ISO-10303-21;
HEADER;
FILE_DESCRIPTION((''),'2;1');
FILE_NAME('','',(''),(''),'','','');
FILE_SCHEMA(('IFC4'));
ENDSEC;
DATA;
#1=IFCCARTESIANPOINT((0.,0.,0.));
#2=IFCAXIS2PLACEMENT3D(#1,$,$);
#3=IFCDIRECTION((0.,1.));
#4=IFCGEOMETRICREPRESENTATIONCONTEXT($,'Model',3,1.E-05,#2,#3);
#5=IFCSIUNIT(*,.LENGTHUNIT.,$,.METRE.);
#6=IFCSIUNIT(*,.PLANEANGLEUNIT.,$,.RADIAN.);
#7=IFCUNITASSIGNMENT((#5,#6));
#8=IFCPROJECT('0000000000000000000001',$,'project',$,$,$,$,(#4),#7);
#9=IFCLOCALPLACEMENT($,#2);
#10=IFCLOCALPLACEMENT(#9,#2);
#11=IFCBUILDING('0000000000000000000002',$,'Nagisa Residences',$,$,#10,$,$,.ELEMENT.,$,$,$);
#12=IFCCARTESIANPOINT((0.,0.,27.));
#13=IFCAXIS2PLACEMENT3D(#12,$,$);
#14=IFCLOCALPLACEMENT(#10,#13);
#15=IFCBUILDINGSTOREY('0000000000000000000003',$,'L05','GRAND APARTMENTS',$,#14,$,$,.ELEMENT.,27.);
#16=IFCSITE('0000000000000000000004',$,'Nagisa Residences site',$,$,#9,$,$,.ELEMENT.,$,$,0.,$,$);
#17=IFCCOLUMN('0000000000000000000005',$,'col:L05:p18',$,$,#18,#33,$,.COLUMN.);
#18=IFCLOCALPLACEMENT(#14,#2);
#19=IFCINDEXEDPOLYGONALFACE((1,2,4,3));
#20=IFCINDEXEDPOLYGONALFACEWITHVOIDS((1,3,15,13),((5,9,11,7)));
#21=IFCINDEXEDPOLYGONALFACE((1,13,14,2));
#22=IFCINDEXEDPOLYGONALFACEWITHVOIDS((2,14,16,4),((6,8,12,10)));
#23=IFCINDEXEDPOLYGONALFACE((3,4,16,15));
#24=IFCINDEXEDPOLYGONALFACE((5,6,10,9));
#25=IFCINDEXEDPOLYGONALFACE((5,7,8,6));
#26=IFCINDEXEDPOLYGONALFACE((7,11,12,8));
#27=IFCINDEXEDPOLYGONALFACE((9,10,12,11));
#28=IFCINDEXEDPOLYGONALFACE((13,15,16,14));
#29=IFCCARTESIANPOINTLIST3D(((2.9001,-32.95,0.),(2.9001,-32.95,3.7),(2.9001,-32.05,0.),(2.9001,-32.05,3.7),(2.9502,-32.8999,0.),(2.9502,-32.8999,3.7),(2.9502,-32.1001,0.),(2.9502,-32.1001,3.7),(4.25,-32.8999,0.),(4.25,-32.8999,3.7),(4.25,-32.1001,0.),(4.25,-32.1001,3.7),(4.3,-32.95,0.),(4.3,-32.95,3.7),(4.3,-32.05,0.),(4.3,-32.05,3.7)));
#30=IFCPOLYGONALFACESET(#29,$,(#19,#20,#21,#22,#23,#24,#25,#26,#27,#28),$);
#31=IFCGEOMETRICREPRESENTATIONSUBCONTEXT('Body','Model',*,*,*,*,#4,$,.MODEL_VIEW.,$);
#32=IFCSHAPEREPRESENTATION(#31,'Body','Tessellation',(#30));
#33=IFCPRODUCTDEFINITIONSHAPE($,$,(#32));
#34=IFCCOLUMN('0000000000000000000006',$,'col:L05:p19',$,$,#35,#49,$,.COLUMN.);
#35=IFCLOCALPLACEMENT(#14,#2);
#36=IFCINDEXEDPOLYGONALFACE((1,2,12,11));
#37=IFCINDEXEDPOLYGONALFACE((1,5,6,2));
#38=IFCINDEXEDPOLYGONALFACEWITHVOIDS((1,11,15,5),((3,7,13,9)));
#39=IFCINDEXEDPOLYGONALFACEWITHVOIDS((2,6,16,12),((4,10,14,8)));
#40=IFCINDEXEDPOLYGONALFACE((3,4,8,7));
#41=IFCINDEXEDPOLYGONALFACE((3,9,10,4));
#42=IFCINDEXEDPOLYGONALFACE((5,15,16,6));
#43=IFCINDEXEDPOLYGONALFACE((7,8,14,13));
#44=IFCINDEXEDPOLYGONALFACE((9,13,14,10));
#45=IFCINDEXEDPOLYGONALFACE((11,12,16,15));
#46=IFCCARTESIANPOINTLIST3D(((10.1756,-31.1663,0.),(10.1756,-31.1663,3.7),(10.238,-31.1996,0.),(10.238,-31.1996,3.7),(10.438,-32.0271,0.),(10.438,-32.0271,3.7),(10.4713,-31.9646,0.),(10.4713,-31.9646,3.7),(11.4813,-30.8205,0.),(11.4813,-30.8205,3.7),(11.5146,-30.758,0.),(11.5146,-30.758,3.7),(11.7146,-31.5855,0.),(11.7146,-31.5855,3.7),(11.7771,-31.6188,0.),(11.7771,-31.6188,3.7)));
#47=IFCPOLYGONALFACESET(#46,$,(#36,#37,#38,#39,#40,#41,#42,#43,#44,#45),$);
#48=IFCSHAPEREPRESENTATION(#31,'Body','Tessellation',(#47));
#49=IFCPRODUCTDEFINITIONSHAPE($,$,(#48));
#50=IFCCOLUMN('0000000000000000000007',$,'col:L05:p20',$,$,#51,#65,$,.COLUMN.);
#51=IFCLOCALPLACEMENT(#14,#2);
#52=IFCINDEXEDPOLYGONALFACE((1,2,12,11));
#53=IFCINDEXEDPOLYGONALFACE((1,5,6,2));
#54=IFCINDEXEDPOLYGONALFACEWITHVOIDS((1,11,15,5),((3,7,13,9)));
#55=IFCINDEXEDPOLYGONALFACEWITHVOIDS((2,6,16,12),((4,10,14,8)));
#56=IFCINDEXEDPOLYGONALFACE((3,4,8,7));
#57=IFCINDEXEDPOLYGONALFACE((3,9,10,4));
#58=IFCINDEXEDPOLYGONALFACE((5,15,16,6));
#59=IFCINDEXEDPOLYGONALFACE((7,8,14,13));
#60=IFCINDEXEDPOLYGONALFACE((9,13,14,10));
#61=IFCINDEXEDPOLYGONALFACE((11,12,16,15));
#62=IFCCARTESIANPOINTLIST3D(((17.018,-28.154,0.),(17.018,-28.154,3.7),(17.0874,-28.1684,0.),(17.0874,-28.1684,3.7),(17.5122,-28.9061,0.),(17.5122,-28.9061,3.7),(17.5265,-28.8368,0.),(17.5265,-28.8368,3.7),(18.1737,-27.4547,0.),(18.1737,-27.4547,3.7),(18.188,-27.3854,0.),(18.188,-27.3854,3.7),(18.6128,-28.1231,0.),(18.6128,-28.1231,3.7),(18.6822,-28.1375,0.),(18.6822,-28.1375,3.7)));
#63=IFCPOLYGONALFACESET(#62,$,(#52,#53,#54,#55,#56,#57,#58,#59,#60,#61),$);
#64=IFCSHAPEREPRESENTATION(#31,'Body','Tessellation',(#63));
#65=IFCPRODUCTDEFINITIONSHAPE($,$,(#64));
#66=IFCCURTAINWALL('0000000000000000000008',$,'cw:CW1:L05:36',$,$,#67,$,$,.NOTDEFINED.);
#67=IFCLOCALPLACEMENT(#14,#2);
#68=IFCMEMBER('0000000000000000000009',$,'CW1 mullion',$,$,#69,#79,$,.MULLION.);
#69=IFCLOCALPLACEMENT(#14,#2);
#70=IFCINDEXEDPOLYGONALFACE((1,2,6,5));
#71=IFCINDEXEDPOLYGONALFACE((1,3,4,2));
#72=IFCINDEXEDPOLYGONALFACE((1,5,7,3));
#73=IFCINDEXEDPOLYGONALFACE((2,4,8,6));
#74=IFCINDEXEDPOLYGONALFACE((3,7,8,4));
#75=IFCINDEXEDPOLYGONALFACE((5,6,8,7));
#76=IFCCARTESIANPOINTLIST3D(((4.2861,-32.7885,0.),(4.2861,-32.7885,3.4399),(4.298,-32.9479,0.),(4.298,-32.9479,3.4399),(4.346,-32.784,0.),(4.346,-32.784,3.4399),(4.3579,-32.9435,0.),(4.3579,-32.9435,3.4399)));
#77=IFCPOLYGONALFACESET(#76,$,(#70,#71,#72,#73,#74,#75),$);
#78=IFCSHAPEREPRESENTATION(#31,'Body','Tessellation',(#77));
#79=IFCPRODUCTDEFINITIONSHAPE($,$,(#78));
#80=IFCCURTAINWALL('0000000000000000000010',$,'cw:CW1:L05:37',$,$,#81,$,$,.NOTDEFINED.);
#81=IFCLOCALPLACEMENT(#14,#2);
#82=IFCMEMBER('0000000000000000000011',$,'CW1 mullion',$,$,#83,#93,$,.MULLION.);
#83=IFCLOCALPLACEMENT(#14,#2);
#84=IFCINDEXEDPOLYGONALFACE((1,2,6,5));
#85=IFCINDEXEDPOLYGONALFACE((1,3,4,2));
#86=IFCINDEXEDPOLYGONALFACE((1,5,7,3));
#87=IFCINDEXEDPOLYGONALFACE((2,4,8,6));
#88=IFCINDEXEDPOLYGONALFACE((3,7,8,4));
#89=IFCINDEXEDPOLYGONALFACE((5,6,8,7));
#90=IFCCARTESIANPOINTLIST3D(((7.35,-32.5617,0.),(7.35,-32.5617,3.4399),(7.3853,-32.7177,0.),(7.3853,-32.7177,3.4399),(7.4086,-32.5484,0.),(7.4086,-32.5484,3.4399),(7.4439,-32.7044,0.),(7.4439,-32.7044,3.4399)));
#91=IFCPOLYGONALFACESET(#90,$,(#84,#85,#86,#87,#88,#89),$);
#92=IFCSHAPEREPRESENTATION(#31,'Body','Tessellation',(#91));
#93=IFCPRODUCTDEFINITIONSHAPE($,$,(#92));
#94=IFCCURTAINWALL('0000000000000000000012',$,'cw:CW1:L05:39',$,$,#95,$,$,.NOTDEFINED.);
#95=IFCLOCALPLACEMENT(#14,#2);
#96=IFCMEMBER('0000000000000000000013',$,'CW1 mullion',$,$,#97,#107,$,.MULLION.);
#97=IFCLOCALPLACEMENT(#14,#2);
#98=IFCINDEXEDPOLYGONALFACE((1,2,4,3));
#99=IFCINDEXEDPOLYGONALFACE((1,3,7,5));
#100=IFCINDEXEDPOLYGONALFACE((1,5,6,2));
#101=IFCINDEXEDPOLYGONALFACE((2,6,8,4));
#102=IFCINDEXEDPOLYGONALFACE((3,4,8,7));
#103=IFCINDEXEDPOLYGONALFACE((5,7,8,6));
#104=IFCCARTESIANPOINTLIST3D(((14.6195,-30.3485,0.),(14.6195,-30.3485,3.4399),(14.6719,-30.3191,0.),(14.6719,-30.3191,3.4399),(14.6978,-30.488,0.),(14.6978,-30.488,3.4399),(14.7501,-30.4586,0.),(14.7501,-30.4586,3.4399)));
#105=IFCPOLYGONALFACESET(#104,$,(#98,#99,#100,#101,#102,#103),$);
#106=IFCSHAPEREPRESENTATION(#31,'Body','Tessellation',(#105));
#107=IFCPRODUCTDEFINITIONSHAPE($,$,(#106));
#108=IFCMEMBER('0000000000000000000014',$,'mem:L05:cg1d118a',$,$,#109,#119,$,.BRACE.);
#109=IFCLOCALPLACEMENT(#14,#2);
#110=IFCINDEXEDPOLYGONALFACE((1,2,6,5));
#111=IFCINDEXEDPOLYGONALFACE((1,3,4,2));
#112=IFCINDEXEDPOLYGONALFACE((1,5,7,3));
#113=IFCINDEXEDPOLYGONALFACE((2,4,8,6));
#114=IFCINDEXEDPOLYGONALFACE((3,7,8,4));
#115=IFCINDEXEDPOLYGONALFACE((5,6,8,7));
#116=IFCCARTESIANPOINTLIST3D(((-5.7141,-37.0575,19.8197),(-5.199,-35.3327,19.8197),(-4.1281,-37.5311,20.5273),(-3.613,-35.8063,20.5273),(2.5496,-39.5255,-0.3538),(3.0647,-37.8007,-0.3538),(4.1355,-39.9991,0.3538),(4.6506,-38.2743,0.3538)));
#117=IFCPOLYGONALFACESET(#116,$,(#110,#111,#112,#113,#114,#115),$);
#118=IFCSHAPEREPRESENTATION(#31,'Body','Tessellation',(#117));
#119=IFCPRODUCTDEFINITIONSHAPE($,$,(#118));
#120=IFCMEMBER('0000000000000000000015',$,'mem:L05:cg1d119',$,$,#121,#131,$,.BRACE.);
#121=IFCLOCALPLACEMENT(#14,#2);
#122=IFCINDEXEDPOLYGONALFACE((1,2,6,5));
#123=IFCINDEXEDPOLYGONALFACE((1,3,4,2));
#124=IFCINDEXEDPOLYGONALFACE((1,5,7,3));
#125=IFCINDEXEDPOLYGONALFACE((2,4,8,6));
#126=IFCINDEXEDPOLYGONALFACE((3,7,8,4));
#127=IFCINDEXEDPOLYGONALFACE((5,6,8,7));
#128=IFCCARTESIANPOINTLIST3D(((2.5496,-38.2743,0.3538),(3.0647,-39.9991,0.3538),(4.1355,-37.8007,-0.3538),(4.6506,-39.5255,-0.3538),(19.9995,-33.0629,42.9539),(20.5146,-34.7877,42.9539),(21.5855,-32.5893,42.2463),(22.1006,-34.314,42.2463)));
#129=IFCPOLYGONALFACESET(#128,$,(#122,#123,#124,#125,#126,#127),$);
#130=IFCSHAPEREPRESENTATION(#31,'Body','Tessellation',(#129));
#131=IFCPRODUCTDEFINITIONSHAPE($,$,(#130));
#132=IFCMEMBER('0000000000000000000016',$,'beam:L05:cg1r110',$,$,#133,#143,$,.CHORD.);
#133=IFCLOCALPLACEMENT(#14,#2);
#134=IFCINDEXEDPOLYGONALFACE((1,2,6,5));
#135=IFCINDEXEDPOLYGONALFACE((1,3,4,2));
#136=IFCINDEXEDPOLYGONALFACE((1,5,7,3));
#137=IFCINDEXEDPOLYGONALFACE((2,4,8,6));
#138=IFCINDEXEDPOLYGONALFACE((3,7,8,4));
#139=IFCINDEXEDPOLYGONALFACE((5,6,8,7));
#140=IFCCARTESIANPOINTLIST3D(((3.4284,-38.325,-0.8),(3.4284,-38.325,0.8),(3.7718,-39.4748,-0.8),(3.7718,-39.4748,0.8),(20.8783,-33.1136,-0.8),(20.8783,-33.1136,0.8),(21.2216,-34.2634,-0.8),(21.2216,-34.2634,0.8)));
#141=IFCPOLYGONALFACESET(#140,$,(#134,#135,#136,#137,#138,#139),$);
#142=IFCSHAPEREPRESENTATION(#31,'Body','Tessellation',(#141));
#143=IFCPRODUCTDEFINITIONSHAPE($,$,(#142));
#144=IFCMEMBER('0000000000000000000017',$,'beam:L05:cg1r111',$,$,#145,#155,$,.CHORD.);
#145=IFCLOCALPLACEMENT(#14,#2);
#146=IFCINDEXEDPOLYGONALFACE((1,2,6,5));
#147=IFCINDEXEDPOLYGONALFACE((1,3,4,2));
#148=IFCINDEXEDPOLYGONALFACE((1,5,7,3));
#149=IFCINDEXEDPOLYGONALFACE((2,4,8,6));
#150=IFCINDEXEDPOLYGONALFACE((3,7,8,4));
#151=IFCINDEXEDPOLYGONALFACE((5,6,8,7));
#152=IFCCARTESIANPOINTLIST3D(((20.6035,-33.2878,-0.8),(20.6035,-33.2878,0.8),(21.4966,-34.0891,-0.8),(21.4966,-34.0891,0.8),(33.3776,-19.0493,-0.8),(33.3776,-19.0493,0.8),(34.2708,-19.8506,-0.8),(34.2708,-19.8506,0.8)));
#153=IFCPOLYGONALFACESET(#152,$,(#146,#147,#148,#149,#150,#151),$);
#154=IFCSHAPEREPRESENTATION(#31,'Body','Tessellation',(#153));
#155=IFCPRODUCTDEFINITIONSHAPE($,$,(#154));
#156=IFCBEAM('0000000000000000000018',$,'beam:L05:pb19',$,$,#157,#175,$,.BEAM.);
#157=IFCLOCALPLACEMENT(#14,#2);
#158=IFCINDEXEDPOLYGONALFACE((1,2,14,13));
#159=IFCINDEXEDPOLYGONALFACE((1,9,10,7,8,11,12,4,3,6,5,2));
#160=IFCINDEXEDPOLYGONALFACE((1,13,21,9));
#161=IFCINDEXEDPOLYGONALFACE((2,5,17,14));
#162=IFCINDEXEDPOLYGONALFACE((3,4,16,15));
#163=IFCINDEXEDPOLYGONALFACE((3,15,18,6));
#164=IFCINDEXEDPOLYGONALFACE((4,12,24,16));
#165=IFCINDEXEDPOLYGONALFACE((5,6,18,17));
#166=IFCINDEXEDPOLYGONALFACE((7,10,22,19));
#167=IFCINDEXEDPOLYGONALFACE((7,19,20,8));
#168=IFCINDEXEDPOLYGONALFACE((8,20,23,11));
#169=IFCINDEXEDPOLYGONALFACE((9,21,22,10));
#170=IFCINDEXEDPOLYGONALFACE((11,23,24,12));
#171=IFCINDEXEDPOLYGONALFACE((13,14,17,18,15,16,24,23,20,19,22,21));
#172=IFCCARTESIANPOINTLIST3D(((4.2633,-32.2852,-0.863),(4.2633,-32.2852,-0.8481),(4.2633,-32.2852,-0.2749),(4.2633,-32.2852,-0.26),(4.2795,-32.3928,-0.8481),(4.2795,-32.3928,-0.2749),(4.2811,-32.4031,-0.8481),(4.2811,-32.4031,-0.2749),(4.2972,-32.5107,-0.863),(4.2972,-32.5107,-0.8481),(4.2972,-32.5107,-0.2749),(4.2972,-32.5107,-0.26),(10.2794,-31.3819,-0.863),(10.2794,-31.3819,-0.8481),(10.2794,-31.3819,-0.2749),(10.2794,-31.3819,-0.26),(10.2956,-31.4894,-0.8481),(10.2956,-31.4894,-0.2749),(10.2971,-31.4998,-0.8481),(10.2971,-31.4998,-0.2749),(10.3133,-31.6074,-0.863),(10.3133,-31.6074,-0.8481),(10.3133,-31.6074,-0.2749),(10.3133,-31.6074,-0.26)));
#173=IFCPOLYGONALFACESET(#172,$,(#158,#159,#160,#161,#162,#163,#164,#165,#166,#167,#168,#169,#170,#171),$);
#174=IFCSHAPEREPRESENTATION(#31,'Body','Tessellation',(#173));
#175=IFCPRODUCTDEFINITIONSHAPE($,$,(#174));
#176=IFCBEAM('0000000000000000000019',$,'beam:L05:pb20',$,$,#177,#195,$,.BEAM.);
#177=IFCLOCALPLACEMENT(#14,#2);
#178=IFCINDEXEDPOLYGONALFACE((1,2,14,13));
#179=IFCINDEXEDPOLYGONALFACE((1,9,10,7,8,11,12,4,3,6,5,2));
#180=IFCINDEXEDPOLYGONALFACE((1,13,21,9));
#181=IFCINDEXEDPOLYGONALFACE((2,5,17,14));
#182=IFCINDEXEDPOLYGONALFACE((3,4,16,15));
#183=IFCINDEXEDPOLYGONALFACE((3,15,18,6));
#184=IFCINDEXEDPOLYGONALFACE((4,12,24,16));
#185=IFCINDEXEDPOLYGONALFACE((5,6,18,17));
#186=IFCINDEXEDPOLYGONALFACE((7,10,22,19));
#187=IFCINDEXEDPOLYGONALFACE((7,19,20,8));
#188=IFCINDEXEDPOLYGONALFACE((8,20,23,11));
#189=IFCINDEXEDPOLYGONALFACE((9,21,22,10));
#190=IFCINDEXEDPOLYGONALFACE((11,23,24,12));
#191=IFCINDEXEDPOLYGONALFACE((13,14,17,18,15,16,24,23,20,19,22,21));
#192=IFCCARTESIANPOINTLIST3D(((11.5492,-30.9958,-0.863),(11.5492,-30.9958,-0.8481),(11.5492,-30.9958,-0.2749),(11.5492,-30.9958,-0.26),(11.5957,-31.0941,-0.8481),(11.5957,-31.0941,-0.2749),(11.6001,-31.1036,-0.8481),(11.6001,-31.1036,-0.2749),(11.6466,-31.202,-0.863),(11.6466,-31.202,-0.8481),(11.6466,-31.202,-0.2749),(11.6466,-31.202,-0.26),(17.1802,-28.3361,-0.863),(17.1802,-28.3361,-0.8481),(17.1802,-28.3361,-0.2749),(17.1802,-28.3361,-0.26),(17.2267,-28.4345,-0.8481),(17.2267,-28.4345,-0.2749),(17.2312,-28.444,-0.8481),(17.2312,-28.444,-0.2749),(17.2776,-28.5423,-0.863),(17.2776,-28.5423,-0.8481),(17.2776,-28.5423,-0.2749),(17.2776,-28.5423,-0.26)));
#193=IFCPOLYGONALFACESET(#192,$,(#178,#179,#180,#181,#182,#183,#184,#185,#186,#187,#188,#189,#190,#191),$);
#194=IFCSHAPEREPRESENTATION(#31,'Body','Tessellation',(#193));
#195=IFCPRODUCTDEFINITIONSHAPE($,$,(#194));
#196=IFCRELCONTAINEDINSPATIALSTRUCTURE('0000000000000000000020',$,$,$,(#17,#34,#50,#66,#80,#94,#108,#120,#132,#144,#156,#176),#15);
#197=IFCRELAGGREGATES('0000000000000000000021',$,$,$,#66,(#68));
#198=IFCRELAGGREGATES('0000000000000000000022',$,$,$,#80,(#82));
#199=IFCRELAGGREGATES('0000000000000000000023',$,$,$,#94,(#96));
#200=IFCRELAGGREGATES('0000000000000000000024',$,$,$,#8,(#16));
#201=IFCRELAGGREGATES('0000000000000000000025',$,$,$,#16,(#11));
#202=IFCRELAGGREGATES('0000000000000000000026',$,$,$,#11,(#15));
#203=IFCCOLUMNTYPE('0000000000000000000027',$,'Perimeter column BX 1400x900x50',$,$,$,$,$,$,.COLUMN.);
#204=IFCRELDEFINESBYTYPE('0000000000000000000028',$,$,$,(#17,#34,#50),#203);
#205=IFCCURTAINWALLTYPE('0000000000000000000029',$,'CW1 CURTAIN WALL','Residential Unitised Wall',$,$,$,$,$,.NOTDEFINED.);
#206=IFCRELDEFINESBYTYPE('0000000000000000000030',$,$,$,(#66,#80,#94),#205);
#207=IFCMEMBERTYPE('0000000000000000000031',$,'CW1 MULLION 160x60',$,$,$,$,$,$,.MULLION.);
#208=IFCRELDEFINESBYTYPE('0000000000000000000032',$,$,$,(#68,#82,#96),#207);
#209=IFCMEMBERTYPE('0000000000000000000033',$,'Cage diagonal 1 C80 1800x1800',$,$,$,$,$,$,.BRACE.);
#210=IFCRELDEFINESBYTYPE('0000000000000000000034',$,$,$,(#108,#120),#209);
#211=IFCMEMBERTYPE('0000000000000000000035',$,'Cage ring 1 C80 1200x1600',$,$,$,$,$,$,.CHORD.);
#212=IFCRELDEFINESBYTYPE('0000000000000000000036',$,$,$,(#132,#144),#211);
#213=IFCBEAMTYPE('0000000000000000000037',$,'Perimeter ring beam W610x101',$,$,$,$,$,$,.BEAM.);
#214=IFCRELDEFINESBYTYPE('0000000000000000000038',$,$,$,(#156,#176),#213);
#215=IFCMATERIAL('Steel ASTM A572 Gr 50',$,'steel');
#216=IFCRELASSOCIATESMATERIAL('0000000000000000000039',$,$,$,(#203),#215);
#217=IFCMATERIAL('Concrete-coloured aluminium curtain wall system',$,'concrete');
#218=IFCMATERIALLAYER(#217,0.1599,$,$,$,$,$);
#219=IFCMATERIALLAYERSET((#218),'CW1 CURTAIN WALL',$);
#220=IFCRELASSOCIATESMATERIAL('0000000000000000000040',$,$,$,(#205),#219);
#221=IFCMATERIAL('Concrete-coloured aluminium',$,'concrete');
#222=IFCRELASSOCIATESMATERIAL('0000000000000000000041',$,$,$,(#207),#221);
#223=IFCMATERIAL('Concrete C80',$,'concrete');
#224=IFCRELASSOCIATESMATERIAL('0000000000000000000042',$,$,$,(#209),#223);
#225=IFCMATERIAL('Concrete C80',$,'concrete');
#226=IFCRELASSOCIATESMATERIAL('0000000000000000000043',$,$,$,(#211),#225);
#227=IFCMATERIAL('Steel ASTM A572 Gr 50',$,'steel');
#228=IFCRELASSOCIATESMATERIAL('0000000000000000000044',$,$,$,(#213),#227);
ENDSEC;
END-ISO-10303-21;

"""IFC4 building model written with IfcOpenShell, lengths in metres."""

from ifc_helpers import new_model, si_unit, direction, frame, origin, origin_2d, place, context, subcontext, project, spatial, rectangle, hollow_rectangle, i_section, extrude, material, layer, layer_set, material_profile, profile_set, type_object, element, aggregate, save


model = new_model("IFC4")

# Units and contexts
model_context = context("Model", 3, precision=1e-05, world=origin(), true_north=direction((0.0, 1.0)))
body_context = subcontext(model_context, "Body", "Model", "MODEL_VIEW")
ifc_project = project(units=[si_unit("LENGTHUNIT", "METRE"), si_unit("PLANEANGLEUNIT", "RADIAN")], contexts=[model_context])

# Site, building, storey
site_placement = place(None, origin())
site = spatial("IfcSite", under=ifc_project, at=site_placement, Name="Nagisa Residences site", CompositionType="ELEMENT", RefElevation=0.0)
building_placement = place(site_placement, origin())
building = spatial("IfcBuilding", under=site, at=building_placement, Name="Nagisa Residences", CompositionType="ELEMENT")
storey_placement = place(building_placement, frame((0.0, 0.0, 27.0)))
storey = spatial("IfcBuildingStorey", under=building, at=storey_placement, Name="L05", Description="GRAND APARTMENTS", CompositionType="ELEMENT", Elevation=27.0)

# Columns
ifc_material_1 = material(Name="Steel ASTM A572 Gr 50", Category="steel")
ifc_material_profile_1 = material_profile(ifc_material_1, hollow_rectangle(XDim=1.3999, YDim=0.8999, WallThickness=0.05, at=origin_2d()), Name="BX 1400x900x50")
ifc_profile_set_1 = profile_set([ifc_material_profile_1], Name="Steel ASTM A572 Gr 50")
column_type = type_object("IfcColumnType", Name="Perimeter column BX 1400x900x50", PredefinedType="COLUMN", material=ifc_profile_set_1)
for number, where, z_axis, x_axis, name in (
    (1, (3.6001, -32.5, 0.0), (0.0, 0.0, 1.0), (1.0, 0.0, 0.0), "col:L05:p18"),
    (2, (10.9763, -31.3926, 0.0), (0.0, 0.0, 1.0), (0.956525, 0.291652, 0.0), "col:L05:p19"),
    (3, (17.8501, -28.1458, 0.0), (0.0, 0.0, 1.0), (0.835766, 0.549086, 0.0), "col:L05:p20"),
):
    element("IfcColumn", number, at=place(storey_placement, frame(where, z_axis=z_axis, x_axis=x_axis)), inside=storey, type_object=column_type, Name=name, PredefinedType="COLUMN", context=body_context, shape_type="SweptSolid", body=[
        extrude(hollow_rectangle(XDim=1.3999, YDim=0.8999, WallThickness=0.05, at=origin_2d()), origin(), (0.0, 0.0, 1.0), 3.7),
    ])

# Curtain walls, members
ifc_material_2 = material(Name="Concrete-coloured aluminium curtain wall system", Category="concrete")
ifc_layer_1 = layer(ifc_material_2, 0.1599)
ifc_layer_set_1 = layer_set([ifc_layer_1], Name="CW1 CURTAIN WALL")
curtain_wall_type = type_object("IfcCurtainWallType", Name="CW1 CURTAIN WALL", Description="Residential Unitised Wall", PredefinedType="NOTDEFINED", material=ifc_layer_set_1)
curtain_wall_1_placement = place(storey_placement, origin())
curtain_wall_1 = element("IfcCurtainWall", 4, at=curtain_wall_1_placement, inside=storey, type_object=curtain_wall_type, Name="cw:CW1:L05:36", PredefinedType="NOTDEFINED")
ifc_material_3 = material(Name="Concrete-coloured aluminium", Category="concrete")
ifc_material_profile_2 = material_profile(ifc_material_3, rectangle(XDim=0.1599, YDim=0.0601, at=origin_2d()), Name="CW1 MULLION 160x60")
ifc_profile_set_2 = profile_set([ifc_material_profile_2], Name="Concrete-coloured aluminium")
member_type_1 = type_object("IfcMemberType", Name="CW1 MULLION 160x60", PredefinedType="MULLION", material=ifc_profile_set_2)
member_1_placement = place(storey_placement, frame((4.322, -32.866, 0.0), z_axis=(0.0, 0.0, 1.0), x_axis=(-0.074377, 0.99723, 0.0)))
member_1 = element("IfcMember", 5, at=member_1_placement, type_object=member_type_1, Name="CW1 mullion", PredefinedType="MULLION", context=body_context, shape_type="SweptSolid", body=[
    extrude(rectangle(XDim=0.1599, YDim=0.0601, at=origin_2d()), origin(), (0.0, 0.0, 1.0), 3.4399),
])
aggregate(curtain_wall_1, [member_1])
curtain_wall_2_placement = place(storey_placement, origin())
curtain_wall_2 = element("IfcCurtainWall", 6, at=curtain_wall_2_placement, inside=storey, type_object=curtain_wall_type, Name="cw:CW1:L05:37", PredefinedType="NOTDEFINED")
member_2_placement = place(storey_placement, frame((7.397, -32.6331, 0.0), z_axis=(0.0, 0.0, 1.0), x_axis=(-0.220764, 0.975327, 0.0)))
member_2 = element("IfcMember", 7, at=member_2_placement, type_object=member_type_1, Name="CW1 mullion", PredefinedType="MULLION", context=body_context, shape_type="SweptSolid", body=[
    extrude(rectangle(XDim=0.1599, YDim=0.0601, at=origin_2d()), origin(), (0.0, 0.0, 1.0), 3.4399),
])
aggregate(curtain_wall_2, [member_2])
curtain_wall_3_placement = place(storey_placement, origin())
curtain_wall_3 = element("IfcCurtainWall", 8, at=curtain_wall_3_placement, inside=storey, type_object=curtain_wall_type, Name="cw:CW1:L05:39", PredefinedType="NOTDEFINED")
member_3_placement = place(storey_placement, frame((14.6848, -30.4036, 0.0), z_axis=(0.0, 0.0, 1.0), x_axis=(-0.489377, 0.872072, 0.0)))
member_3 = element("IfcMember", 9, at=member_3_placement, type_object=member_type_1, Name="CW1 mullion", PredefinedType="MULLION", context=body_context, shape_type="SweptSolid", body=[
    extrude(rectangle(XDim=0.1599, YDim=0.0601, at=origin_2d()), origin(), (0.0, 0.0, 1.0), 3.4399),
])
aggregate(curtain_wall_3, [member_3])

# Members
ifc_material_4 = material(Name="Concrete C80", Category="concrete")
ifc_material_profile_3 = material_profile(ifc_material_4, rectangle(XDim=1.8, YDim=1.8, at=origin_2d()), Name="C80 1800x1800")
ifc_profile_set_3 = profile_set([ifc_material_profile_3], Name="Concrete C80")
member_type_2 = type_object("IfcMemberType", Name="Cage diagonal 1 C80 1800x1800", PredefinedType="BRACE", material=ifc_profile_set_3)
member_4_placement = place(storey_placement, frame((3.6001, -38.8999, 0.0), z_axis=(-0.376653, 0.112491, 0.919499), x_axis=(-0.286169, -0.958179, 0.0)))
element("IfcMember", 10, at=member_4_placement, inside=storey, type_object=member_type_2, Name="mem:L05:cg1d118a", PredefinedType="BRACE", context=body_context, shape_type="SweptSolid", body=[
    extrude(rectangle(XDim=1.8, YDim=1.8, at=origin_2d()), origin(), (0.0, 0.0, 1.0), 21.9397),
])
member_5_placement = place(storey_placement, frame((3.6001, -38.8999, 0.0), z_axis=(0.376648, 0.112486, 0.919501), x_axis=(-0.286161, 0.958182, 0.0)))
element("IfcMember", 11, at=member_5_placement, inside=storey, type_object=member_type_2, Name="mem:L05:cg1d119", PredefinedType="BRACE", context=body_context, shape_type="SweptSolid", body=[
    extrude(rectangle(XDim=1.8, YDim=1.8, at=origin_2d()), origin(), (0.0, 0.0, 1.0), 46.3296),
])
ifc_material_5 = material(Name="Concrete C80", Category="concrete")
ifc_material_profile_4 = material_profile(ifc_material_5, rectangle(XDim=1.2, YDim=1.6001, at=origin_2d()), Name="C80 1200x1600")
ifc_profile_set_4 = profile_set([ifc_material_profile_4], Name="Concrete C80")
member_type_3 = type_object("IfcMemberType", Name="Cage ring 1 C80 1200x1600", PredefinedType="CHORD", material=ifc_profile_set_4)
member_6_placement = place(storey_placement, frame((3.6001, -38.8999, 0.0), z_axis=(0.958182, 0.286161, 0.0), x_axis=(-0.286161, 0.958182, 0.0)))
element("IfcMember", 12, at=member_6_placement, inside=storey, type_object=member_type_3, Name="beam:L05:cg1r110", PredefinedType="CHORD", context=body_context, shape_type="SweptSolid", body=[
    extrude(rectangle(XDim=1.2, YDim=1.6001, at=origin_2d()), origin(), (0.0, 0.0, 1.0), 18.2114),
])
member_7_placement = place(storey_placement, frame((21.05, -33.6885, 0.0), z_axis=(0.667794, 0.744346, 0.0), x_axis=(-0.744346, 0.667794, 0.0)))
element("IfcMember", 13, at=member_7_placement, inside=storey, type_object=member_type_3, Name="beam:L05:cg1r111", PredefinedType="CHORD", context=body_context, shape_type="SweptSolid", body=[
    extrude(rectangle(XDim=1.2, YDim=1.6001, at=origin_2d()), origin(), (0.0, 0.0, 1.0), 19.1289),
])

# Beams
ifc_material_6 = material(Name="Steel ASTM A572 Gr 50", Category="steel")
ifc_material_profile_5 = material_profile(ifc_material_6, i_section(OverallWidth=0.228, OverallDepth=0.603, WebThickness=0.0105, FlangeThickness=0.0149, at=origin_2d()), Name="W610x101")
ifc_profile_set_5 = profile_set([ifc_material_profile_5], Name="Steel ASTM A572 Gr 50")
beam_type_1 = type_object("IfcBeamType", Name="Perimeter ring beam W610x101", PredefinedType="BEAM", material=ifc_profile_set_5)
beam_1_placement = place(storey_placement, frame((4.2803, -32.3979, -0.5615), z_axis=(0.988915, 0.148486, 0.0), x_axis=(-0.148486, 0.988915, 0.0)))
element("IfcBeam", 14, at=beam_1_placement, inside=storey, type_object=beam_type_1, Name="beam:L05:pb19", PredefinedType="BEAM", context=body_context, shape_type="SweptSolid", body=[
    extrude(i_section(OverallWidth=0.228, OverallDepth=0.603, WebThickness=0.0105, FlangeThickness=0.0149, at=origin_2d()), origin(), (0.0, 0.0, 1.0), 6.0835),
])
beam_2_placement = place(storey_placement, frame((11.5979, -31.0989, -0.5615), z_axis=(0.904215, 0.427077, 0.0), x_axis=(-0.427077, 0.904215, 0.0)))
element("IfcBeam", 15, at=beam_2_placement, inside=storey, type_object=beam_type_1, Name="beam:L05:pb20", PredefinedType="BEAM", context=body_context, shape_type="SweptSolid", body=[
    extrude(i_section(OverallWidth=0.228, OverallDepth=0.603, WebThickness=0.0105, FlangeThickness=0.0149, at=origin_2d()), origin(), (0.0, 0.0, 1.0), 6.2275),
])

save(model, "model.ifc")
